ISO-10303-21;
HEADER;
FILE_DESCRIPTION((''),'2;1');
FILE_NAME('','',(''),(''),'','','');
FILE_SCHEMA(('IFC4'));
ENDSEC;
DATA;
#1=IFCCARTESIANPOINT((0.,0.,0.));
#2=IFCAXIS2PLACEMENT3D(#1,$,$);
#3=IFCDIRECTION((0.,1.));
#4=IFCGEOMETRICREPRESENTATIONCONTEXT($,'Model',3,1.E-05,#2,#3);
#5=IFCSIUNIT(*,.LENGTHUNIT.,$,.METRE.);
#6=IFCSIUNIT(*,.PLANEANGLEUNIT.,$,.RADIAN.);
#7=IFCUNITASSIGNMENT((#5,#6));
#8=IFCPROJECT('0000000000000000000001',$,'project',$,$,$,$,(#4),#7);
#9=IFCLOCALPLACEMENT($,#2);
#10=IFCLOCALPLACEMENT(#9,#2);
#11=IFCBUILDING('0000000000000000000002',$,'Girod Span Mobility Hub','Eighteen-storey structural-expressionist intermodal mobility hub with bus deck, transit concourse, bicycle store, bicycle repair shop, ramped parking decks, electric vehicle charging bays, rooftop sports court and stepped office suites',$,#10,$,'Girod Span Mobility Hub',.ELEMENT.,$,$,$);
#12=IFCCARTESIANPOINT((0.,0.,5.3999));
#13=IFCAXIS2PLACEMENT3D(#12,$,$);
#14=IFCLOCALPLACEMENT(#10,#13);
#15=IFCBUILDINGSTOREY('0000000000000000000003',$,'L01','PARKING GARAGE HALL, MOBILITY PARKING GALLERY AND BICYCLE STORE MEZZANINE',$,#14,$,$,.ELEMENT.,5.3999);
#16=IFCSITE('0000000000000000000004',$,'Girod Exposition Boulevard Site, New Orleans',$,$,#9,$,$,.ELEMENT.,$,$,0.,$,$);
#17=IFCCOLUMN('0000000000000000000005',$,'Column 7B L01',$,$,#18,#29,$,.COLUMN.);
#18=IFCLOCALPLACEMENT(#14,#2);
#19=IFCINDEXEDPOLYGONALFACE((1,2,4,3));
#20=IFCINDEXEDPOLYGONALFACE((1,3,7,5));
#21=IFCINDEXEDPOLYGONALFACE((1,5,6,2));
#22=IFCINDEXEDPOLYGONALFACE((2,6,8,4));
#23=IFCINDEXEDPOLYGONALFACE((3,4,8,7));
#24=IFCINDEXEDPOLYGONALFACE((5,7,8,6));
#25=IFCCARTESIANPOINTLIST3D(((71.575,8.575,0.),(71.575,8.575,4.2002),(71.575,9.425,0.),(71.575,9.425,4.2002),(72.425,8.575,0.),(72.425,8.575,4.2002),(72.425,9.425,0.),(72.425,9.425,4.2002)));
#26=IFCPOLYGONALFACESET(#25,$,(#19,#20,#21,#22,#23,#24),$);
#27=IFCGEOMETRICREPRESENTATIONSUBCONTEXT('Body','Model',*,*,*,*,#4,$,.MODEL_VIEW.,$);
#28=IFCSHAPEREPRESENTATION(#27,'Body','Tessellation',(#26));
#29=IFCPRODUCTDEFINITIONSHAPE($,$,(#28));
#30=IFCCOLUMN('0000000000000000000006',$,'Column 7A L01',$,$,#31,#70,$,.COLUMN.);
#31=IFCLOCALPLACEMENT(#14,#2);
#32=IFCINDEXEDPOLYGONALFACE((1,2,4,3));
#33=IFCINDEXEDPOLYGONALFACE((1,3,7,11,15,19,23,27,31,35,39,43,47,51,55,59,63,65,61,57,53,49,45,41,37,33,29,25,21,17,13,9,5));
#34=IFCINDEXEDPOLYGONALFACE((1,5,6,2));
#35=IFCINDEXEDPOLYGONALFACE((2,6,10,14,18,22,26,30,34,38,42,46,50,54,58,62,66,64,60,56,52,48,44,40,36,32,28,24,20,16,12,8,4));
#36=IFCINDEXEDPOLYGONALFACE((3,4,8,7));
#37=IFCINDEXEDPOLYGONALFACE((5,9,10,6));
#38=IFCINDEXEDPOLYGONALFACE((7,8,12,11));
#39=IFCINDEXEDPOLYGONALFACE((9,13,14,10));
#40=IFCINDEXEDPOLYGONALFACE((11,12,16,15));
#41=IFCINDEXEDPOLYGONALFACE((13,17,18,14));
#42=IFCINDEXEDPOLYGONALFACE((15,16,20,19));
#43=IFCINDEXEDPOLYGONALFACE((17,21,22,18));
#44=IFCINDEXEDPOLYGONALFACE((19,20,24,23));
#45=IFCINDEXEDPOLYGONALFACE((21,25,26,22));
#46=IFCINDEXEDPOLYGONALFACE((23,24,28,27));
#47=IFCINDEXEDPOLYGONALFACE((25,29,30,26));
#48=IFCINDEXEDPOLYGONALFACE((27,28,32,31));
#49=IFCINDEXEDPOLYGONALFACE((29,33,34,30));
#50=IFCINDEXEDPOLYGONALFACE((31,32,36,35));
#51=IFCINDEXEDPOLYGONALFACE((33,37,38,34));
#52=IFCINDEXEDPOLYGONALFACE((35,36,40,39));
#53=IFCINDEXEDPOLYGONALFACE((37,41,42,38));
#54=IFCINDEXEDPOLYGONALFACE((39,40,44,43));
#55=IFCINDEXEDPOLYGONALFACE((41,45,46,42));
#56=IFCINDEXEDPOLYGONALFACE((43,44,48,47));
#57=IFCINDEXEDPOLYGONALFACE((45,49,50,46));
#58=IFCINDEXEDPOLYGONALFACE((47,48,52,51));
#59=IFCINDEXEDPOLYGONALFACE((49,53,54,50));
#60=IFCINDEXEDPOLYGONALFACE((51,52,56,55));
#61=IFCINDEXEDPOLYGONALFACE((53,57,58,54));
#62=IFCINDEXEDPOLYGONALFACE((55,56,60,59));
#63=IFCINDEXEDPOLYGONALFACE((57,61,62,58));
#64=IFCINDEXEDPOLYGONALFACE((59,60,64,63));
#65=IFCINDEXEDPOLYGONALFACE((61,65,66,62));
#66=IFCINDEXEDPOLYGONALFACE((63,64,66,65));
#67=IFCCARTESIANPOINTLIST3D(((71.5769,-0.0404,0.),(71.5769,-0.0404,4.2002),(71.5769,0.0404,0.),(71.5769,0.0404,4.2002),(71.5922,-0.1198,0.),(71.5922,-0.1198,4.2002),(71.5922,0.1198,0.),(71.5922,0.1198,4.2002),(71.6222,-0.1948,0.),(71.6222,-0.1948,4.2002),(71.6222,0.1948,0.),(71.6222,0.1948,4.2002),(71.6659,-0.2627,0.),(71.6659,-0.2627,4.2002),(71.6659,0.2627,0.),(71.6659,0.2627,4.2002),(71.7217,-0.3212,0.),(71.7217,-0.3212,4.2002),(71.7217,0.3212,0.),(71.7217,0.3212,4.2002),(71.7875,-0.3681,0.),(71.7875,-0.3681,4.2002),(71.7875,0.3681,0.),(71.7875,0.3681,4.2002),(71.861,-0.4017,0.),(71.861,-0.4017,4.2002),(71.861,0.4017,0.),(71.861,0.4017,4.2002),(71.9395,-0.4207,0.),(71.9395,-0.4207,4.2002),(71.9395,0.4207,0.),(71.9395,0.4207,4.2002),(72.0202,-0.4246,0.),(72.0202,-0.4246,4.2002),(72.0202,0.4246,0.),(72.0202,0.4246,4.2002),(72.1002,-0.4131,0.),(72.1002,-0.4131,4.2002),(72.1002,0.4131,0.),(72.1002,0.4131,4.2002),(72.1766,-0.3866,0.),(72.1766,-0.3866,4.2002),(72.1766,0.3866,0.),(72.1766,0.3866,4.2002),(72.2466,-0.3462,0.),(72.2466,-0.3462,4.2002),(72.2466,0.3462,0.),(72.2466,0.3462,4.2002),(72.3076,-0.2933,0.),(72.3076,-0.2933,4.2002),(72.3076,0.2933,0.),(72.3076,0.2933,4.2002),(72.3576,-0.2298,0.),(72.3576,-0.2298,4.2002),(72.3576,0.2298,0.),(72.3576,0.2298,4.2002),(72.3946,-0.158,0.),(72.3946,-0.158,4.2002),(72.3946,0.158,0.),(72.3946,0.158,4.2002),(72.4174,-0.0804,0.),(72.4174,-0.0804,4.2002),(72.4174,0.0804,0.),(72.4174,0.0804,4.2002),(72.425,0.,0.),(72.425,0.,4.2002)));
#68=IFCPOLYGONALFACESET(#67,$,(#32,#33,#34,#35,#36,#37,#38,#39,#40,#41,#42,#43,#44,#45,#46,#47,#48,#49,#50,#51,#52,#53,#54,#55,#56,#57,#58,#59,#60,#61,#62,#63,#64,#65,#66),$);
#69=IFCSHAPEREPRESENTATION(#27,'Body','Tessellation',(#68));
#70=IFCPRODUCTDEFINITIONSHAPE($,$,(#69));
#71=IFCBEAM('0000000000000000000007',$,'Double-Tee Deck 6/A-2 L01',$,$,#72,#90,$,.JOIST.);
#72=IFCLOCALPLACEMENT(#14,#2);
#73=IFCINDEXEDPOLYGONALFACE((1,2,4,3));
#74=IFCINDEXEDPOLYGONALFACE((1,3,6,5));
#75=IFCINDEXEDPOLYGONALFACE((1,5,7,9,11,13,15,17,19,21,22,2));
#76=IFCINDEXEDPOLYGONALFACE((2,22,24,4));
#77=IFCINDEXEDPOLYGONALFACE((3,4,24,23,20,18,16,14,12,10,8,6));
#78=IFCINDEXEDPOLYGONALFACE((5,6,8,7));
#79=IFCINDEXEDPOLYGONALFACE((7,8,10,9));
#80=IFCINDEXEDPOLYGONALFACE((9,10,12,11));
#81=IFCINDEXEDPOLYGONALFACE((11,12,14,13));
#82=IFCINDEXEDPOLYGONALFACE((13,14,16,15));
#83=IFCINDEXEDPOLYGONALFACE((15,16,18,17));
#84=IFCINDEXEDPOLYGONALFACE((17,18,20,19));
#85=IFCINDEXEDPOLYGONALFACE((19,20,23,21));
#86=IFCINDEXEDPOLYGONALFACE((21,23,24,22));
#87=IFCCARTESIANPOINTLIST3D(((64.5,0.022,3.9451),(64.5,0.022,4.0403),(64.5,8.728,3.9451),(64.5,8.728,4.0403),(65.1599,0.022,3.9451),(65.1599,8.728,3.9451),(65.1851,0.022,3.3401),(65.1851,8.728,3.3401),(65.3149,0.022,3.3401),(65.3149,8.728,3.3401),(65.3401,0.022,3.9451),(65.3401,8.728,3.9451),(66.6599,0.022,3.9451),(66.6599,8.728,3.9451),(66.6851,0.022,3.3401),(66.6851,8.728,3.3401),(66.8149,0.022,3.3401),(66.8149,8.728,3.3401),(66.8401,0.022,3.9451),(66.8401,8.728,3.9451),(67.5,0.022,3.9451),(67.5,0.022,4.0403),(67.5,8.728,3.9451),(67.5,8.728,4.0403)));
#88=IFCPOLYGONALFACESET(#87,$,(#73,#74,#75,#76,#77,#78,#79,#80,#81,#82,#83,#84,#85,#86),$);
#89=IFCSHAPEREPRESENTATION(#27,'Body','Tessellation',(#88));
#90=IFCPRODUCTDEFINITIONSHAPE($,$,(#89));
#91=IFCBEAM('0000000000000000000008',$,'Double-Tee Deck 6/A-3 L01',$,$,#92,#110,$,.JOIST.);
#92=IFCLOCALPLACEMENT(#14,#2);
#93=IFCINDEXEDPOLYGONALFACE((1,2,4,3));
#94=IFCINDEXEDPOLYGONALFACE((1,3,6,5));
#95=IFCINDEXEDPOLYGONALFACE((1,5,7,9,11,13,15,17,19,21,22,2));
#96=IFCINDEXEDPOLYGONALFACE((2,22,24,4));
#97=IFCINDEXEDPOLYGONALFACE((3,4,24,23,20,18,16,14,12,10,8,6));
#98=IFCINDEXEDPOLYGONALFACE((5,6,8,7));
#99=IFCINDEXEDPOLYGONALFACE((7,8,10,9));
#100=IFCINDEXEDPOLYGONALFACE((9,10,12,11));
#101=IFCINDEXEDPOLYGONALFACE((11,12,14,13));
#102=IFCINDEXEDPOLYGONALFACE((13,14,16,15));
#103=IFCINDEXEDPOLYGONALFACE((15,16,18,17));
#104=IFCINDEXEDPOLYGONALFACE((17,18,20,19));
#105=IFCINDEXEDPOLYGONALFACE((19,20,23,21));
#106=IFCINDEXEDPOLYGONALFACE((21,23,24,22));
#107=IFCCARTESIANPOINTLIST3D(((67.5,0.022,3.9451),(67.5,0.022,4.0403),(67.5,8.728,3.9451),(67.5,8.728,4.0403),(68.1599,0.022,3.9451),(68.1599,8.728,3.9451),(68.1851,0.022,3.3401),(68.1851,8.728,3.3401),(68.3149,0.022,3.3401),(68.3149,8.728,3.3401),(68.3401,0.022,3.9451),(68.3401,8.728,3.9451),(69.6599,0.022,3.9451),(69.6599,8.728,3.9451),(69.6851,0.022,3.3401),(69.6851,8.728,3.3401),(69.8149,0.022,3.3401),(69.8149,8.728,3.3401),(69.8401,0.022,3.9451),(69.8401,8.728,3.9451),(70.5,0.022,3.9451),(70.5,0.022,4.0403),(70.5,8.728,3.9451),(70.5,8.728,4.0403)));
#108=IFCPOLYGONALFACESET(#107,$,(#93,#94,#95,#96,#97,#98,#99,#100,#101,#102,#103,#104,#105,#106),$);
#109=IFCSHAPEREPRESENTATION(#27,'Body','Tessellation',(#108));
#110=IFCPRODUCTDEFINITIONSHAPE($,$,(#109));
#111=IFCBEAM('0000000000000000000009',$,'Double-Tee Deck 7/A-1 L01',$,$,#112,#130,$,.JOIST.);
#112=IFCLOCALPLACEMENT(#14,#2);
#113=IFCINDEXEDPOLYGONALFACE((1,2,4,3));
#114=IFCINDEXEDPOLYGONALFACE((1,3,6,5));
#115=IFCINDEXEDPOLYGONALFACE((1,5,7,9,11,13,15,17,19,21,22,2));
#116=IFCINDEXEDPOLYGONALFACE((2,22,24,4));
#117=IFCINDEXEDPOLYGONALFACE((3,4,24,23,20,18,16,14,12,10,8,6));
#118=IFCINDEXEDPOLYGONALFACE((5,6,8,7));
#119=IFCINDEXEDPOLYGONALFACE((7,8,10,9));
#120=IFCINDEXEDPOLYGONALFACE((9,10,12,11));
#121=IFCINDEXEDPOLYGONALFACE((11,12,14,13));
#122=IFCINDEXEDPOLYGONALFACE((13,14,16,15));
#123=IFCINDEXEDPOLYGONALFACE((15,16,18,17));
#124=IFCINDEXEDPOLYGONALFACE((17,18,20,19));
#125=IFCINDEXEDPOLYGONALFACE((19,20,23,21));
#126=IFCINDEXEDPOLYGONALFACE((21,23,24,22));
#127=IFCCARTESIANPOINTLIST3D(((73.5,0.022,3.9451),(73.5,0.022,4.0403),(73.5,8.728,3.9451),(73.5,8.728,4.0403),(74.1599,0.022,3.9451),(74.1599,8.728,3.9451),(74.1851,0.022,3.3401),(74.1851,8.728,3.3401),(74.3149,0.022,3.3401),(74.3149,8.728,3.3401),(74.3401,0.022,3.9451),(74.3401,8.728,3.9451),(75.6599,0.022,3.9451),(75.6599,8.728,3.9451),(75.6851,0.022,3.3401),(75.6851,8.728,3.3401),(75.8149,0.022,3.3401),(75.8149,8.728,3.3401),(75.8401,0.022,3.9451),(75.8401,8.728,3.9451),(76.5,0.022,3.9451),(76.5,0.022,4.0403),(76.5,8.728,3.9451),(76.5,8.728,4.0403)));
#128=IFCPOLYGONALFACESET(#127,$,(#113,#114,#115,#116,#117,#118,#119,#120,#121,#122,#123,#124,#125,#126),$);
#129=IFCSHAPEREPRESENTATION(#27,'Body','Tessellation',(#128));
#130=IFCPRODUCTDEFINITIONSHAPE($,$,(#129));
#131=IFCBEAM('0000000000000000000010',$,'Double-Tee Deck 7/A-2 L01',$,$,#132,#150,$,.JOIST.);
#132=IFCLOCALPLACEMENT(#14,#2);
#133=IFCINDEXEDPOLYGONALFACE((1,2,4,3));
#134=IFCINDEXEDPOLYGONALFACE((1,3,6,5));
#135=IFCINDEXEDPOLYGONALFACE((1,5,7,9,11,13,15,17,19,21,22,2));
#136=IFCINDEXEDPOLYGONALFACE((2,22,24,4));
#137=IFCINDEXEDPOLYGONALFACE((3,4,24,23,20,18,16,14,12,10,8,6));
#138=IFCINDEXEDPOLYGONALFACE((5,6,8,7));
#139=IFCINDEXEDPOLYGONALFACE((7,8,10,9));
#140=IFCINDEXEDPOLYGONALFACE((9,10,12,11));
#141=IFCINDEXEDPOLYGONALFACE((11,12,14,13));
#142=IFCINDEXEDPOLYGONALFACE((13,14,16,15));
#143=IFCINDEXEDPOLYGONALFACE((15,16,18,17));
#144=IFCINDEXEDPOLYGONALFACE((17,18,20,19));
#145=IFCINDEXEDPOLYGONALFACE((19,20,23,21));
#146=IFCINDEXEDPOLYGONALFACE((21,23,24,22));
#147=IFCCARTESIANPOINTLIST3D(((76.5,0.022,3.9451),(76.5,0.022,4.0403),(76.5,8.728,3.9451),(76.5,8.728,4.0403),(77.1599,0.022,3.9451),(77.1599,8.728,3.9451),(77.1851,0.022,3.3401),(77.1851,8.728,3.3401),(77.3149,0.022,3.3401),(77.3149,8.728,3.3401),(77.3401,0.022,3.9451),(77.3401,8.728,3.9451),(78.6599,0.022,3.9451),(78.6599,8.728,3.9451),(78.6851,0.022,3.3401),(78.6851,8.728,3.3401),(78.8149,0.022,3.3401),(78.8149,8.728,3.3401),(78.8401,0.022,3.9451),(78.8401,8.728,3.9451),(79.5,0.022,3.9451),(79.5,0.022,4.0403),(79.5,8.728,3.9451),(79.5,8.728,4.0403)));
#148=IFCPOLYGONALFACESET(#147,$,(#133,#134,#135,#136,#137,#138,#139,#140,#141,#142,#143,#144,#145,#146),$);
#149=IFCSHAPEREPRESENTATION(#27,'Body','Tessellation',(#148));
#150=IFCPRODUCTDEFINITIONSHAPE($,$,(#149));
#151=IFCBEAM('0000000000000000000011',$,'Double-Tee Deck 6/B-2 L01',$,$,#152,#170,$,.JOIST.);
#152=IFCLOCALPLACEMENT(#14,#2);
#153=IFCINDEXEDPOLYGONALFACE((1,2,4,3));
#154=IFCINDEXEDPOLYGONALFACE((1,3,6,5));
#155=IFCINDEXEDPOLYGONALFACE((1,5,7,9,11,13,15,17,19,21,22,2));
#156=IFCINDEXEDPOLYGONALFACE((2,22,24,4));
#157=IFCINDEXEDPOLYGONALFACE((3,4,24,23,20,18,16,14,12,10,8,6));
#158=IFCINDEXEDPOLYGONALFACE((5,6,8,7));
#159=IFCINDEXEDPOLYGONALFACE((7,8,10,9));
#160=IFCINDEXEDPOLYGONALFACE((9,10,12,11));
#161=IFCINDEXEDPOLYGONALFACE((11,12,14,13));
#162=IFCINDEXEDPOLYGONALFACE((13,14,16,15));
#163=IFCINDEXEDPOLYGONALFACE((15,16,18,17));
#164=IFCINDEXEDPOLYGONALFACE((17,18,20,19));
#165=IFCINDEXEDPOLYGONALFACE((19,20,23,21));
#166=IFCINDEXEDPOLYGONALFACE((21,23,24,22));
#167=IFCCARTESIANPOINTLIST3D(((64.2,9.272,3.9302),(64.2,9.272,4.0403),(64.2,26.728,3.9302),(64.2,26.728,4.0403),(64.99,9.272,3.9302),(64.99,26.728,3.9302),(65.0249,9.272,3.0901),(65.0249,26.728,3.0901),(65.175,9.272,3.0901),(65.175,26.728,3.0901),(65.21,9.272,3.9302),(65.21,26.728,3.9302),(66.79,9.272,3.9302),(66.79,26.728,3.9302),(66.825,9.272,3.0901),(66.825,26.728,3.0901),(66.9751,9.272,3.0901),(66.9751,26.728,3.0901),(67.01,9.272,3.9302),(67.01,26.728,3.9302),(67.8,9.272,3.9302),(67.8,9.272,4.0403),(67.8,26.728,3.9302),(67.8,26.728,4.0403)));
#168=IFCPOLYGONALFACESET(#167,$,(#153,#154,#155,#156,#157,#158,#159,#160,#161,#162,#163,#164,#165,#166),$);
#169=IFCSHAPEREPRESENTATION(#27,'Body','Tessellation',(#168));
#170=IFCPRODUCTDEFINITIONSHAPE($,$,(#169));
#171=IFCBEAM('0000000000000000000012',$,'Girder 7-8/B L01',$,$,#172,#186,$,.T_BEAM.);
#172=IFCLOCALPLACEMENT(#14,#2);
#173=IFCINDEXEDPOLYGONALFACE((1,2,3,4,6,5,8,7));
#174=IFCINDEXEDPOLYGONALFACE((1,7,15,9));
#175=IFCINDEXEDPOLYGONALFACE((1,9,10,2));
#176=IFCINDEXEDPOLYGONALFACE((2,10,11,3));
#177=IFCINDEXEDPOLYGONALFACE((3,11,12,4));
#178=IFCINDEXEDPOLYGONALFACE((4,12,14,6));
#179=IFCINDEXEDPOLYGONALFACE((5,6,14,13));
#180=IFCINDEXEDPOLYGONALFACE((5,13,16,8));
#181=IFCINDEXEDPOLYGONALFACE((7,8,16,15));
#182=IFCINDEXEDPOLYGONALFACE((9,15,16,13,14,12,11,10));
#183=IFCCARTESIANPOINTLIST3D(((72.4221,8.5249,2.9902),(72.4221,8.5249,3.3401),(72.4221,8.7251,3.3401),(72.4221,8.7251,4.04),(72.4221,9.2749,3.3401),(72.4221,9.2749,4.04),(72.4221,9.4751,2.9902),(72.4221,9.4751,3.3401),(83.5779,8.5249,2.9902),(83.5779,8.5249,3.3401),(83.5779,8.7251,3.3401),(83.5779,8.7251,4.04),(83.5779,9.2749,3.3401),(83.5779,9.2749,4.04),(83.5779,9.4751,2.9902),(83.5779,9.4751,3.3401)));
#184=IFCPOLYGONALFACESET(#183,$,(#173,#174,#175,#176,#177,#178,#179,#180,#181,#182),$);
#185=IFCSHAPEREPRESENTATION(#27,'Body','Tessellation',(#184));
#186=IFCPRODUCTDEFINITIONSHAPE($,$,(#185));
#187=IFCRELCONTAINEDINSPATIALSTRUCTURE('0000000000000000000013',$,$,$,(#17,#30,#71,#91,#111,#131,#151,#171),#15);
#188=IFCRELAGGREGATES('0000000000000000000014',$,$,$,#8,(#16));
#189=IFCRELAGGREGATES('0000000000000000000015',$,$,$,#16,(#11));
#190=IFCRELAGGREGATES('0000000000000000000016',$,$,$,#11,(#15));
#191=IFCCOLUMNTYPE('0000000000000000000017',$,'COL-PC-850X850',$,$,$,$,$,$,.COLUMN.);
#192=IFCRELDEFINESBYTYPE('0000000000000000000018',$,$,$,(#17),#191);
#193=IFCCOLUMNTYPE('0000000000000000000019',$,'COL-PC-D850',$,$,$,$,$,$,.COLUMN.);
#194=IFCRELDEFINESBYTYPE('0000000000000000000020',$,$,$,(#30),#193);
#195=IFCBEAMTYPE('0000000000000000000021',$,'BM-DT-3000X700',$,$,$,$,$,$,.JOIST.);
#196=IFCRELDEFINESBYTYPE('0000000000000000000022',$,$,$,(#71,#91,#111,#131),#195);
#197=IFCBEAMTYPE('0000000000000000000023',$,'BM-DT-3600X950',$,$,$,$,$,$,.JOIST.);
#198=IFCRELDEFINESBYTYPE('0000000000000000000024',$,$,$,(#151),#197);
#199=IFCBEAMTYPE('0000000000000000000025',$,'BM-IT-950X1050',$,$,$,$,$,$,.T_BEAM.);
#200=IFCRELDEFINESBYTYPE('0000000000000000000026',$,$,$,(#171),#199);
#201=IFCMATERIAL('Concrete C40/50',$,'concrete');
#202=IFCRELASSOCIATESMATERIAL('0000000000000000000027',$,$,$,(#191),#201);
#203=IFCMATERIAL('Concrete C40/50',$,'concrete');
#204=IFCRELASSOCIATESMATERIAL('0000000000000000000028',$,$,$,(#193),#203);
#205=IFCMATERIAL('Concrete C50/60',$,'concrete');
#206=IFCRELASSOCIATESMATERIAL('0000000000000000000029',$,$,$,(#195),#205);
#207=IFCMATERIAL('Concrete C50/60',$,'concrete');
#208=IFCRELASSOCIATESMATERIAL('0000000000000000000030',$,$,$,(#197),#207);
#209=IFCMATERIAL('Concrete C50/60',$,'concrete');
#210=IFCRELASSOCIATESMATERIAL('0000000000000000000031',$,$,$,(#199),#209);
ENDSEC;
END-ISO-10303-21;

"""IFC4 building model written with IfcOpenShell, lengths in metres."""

from ifc_helpers import new_model, si_unit, direction, frame, origin, origin_2d, place, context, subcontext, project, spatial, polyline, rectangle, circle, outline, extrude, material, material_profile, profile_set, type_object, element, save


model = new_model("IFC4")

# Units and contexts
model_context = context("Model", 3, precision=1e-05, world=origin(), true_north=direction((0.0, 1.0)))
body_context = subcontext(model_context, "Body", "Model", "MODEL_VIEW")
ifc_project = project(units=[si_unit("LENGTHUNIT", "METRE"), si_unit("PLANEANGLEUNIT", "RADIAN")], contexts=[model_context])

# Site, building, storey
site_placement = place(None, origin())
site = spatial("IfcSite", under=ifc_project, at=site_placement, Name="Girod Exposition Boulevard Site, New Orleans", CompositionType="ELEMENT", RefElevation=0.0)
building_placement = place(site_placement, origin())
building = spatial("IfcBuilding", under=site, at=building_placement, Name="Girod Span Mobility Hub", Description="Eighteen-storey structural-expressionist intermodal mobility hub with bus deck, transit concourse, bicycle store, bicycle repair shop, ramped parking decks, electric vehicle charging bays, rooftop sports court and stepped office suites", LongName="Girod Span Mobility Hub", CompositionType="ELEMENT")
storey_placement = place(building_placement, frame((0.0, 0.0, 5.3999)))
storey = spatial("IfcBuildingStorey", under=building, at=storey_placement, Name="L01", Description="PARKING GARAGE HALL, MOBILITY PARKING GALLERY AND BICYCLE STORE MEZZANINE", CompositionType="ELEMENT", Elevation=5.3999)

# Columns
ifc_material_1 = material(Name="Concrete C40/50", Category="concrete")
ifc_material_profile_1 = material_profile(ifc_material_1, rectangle(XDim=0.8501, YDim=0.8501, at=origin_2d()), Name="PC-COL-850X850")
ifc_profile_set_1 = profile_set([ifc_material_profile_1], Name="Concrete C40/50")
column_type_1 = type_object("IfcColumnType", Name="COL-PC-850X850", PredefinedType="COLUMN", material=ifc_profile_set_1)
column_1_placement = place(storey_placement, frame((72.0, 9.0, 0.0), z_axis=(0.0, 0.0, 1.0), x_axis=(1.0, 0.0, 0.0)))
element("IfcColumn", 1, at=column_1_placement, inside=storey, type_object=column_type_1, Name="Column 7B L01", PredefinedType="COLUMN", context=body_context, shape_type="SweptSolid", body=[
    extrude(rectangle(XDim=0.8501, YDim=0.8501, at=origin_2d()), origin(), (0.0, 0.0, 1.0), 4.2002),
])
ifc_material_2 = material(Name="Concrete C40/50", Category="concrete")
ifc_material_profile_2 = material_profile(ifc_material_2, circle(Radius=0.425, at=origin_2d()), Name="PC-CIR-D850")
ifc_profile_set_2 = profile_set([ifc_material_profile_2], Name="Concrete C40/50")
column_type_2 = type_object("IfcColumnType", Name="COL-PC-D850", PredefinedType="COLUMN", material=ifc_profile_set_2)
column_2_placement = place(storey_placement, frame((72.0, 0.0, 0.0), z_axis=(0.0, 0.0, 1.0), x_axis=(1.0, 0.0, 0.0)))
element("IfcColumn", 2, at=column_2_placement, inside=storey, type_object=column_type_2, Name="Column 7A L01", PredefinedType="COLUMN", context=body_context, shape_type="SweptSolid", body=[
    extrude(circle(Radius=0.425, at=origin_2d()), origin(), (0.0, 0.0, 1.0), 4.2002),
])

# Beams
ifc_material_3 = material(Name="Concrete C50/60", Category="concrete")
ifc_material_profile_3 = material_profile(ifc_material_3, outline(polyline([(-1.5, 0.3501), (-1.5, 0.2549), (-0.8401, 0.2549), (-0.8149, -0.3501), (-0.6851, -0.3501), (-0.6599, 0.2549), (0.6599, 0.2549), (0.6851, -0.3501), (0.8149, -0.3501), (0.8401, 0.2549), (1.5, 0.2549), (1.5, 0.3501), (-1.5, 0.3501)])), Name="DT-3000X700")
ifc_profile_set_3 = profile_set([ifc_material_profile_3], Name="Concrete C50/60")
beam_type_1 = type_object("IfcBeamType", Name="BM-DT-3000X700", PredefinedType="JOIST", material=ifc_profile_set_3)
for number, where, z_axis, x_axis, name in (
    (3, (66.0, 0.022, 3.6902), (0.0, 1.0, 0.0), (-1.0, 0.0, 0.0), "Double-Tee Deck 6/A-2 L01"),
    (4, (69.0, 0.022, 3.6902), (0.0, 1.0, 0.0), (-1.0, 0.0, 0.0), "Double-Tee Deck 6/A-3 L01"),
    (5, (75.0, 0.022, 3.6902), (0.0, 1.0, 0.0), (-1.0, 0.0, 0.0), "Double-Tee Deck 7/A-1 L01"),
    (6, (78.0, 0.022, 3.6902), (0.0, 1.0, 0.0), (-1.0, 0.0, 0.0), "Double-Tee Deck 7/A-2 L01"),
):
    element("IfcBeam", number, at=place(storey_placement, frame(where, z_axis=z_axis, x_axis=x_axis)), inside=storey, type_object=beam_type_1, Name=name, PredefinedType="JOIST", context=body_context, shape_type="SweptSolid", body=[
        extrude(outline(polyline([(-1.5, 0.3501), (-1.5, 0.2549), (-0.8401, 0.2549), (-0.8149, -0.3501), (-0.6851, -0.3501), (-0.6599, 0.2549), (0.6599, 0.2549), (0.6851, -0.3501), (0.8149, -0.3501), (0.8401, 0.2549), (1.5, 0.2549), (1.5, 0.3501), (-1.5, 0.3501)])), origin(), (0.0, 0.0, 1.0), 8.7061),
    ])
ifc_material_4 = material(Name="Concrete C50/60", Category="concrete")
ifc_material_profile_4 = material_profile(ifc_material_4, outline(polyline([(-1.8, 0.4751), (-1.8, 0.365), (-1.01, 0.365), (-0.9751, -0.4751), (-0.825, -0.4751), (-0.79, 0.365), (0.79, 0.365), (0.825, -0.4751), (0.9751, -0.4751), (1.01, 0.365), (1.8, 0.365), (1.8, 0.4751), (-1.8, 0.4751)])), Name="DT-3600X950")
ifc_profile_set_4 = profile_set([ifc_material_profile_4], Name="Concrete C50/60")
beam_type_2 = type_object("IfcBeamType", Name="BM-DT-3600X950", PredefinedType="JOIST", material=ifc_profile_set_4)
beam_1_placement = place(storey_placement, frame((66.0, 9.272, 3.5652), z_axis=(0.0, 1.0, 0.0), x_axis=(-1.0, 0.0, 0.0)))
element("IfcBeam", 7, at=beam_1_placement, inside=storey, type_object=beam_type_2, Name="Double-Tee Deck 6/B-2 L01", PredefinedType="JOIST", context=body_context, shape_type="SweptSolid", body=[
    extrude(outline(polyline([(-1.8, 0.4751), (-1.8, 0.365), (-1.01, 0.365), (-0.9751, -0.4751), (-0.825, -0.4751), (-0.79, 0.365), (0.79, 0.365), (0.825, -0.4751), (0.9751, -0.4751), (1.01, 0.365), (1.8, 0.365), (1.8, 0.4751), (-1.8, 0.4751)])), origin(), (0.0, 0.0, 1.0), 17.4561),
])
ifc_material_5 = material(Name="Concrete C50/60", Category="concrete")
ifc_material_profile_5 = material_profile(ifc_material_5, outline(polyline([(-0.4751, -0.5249), (0.4751, -0.5249), (0.4751, -0.175), (0.2749, -0.175), (0.2749, 0.5249), (-0.2749, 0.5249), (-0.2749, -0.175), (-0.4751, -0.175), (-0.4751, -0.5249)])), Name="IT-950X1050")
ifc_profile_set_5 = profile_set([ifc_material_profile_5], Name="Concrete C50/60")
beam_type_3 = type_object("IfcBeamType", Name="BM-IT-950X1050", PredefinedType="T_BEAM", material=ifc_profile_set_5)
beam_2_placement = place(storey_placement, frame((72.4221, 9.0, 3.5151), z_axis=(1.0, 0.0, 0.0), x_axis=(0.0, 1.0, 0.0)))
element("IfcBeam", 8, at=beam_2_placement, inside=storey, type_object=beam_type_3, Name="Girder 7-8/B L01", PredefinedType="T_BEAM", context=body_context, shape_type="SweptSolid", body=[
    extrude(outline(polyline([(-0.4751, -0.5249), (0.4751, -0.5249), (0.4751, -0.175), (0.2749, -0.175), (0.2749, 0.5249), (-0.2749, 0.5249), (-0.2749, -0.175), (-0.4751, -0.175), (-0.4751, -0.5249)])), origin(), (0.0, 0.0, 1.0), 11.1558),
])

save(model, "model.ifc")
